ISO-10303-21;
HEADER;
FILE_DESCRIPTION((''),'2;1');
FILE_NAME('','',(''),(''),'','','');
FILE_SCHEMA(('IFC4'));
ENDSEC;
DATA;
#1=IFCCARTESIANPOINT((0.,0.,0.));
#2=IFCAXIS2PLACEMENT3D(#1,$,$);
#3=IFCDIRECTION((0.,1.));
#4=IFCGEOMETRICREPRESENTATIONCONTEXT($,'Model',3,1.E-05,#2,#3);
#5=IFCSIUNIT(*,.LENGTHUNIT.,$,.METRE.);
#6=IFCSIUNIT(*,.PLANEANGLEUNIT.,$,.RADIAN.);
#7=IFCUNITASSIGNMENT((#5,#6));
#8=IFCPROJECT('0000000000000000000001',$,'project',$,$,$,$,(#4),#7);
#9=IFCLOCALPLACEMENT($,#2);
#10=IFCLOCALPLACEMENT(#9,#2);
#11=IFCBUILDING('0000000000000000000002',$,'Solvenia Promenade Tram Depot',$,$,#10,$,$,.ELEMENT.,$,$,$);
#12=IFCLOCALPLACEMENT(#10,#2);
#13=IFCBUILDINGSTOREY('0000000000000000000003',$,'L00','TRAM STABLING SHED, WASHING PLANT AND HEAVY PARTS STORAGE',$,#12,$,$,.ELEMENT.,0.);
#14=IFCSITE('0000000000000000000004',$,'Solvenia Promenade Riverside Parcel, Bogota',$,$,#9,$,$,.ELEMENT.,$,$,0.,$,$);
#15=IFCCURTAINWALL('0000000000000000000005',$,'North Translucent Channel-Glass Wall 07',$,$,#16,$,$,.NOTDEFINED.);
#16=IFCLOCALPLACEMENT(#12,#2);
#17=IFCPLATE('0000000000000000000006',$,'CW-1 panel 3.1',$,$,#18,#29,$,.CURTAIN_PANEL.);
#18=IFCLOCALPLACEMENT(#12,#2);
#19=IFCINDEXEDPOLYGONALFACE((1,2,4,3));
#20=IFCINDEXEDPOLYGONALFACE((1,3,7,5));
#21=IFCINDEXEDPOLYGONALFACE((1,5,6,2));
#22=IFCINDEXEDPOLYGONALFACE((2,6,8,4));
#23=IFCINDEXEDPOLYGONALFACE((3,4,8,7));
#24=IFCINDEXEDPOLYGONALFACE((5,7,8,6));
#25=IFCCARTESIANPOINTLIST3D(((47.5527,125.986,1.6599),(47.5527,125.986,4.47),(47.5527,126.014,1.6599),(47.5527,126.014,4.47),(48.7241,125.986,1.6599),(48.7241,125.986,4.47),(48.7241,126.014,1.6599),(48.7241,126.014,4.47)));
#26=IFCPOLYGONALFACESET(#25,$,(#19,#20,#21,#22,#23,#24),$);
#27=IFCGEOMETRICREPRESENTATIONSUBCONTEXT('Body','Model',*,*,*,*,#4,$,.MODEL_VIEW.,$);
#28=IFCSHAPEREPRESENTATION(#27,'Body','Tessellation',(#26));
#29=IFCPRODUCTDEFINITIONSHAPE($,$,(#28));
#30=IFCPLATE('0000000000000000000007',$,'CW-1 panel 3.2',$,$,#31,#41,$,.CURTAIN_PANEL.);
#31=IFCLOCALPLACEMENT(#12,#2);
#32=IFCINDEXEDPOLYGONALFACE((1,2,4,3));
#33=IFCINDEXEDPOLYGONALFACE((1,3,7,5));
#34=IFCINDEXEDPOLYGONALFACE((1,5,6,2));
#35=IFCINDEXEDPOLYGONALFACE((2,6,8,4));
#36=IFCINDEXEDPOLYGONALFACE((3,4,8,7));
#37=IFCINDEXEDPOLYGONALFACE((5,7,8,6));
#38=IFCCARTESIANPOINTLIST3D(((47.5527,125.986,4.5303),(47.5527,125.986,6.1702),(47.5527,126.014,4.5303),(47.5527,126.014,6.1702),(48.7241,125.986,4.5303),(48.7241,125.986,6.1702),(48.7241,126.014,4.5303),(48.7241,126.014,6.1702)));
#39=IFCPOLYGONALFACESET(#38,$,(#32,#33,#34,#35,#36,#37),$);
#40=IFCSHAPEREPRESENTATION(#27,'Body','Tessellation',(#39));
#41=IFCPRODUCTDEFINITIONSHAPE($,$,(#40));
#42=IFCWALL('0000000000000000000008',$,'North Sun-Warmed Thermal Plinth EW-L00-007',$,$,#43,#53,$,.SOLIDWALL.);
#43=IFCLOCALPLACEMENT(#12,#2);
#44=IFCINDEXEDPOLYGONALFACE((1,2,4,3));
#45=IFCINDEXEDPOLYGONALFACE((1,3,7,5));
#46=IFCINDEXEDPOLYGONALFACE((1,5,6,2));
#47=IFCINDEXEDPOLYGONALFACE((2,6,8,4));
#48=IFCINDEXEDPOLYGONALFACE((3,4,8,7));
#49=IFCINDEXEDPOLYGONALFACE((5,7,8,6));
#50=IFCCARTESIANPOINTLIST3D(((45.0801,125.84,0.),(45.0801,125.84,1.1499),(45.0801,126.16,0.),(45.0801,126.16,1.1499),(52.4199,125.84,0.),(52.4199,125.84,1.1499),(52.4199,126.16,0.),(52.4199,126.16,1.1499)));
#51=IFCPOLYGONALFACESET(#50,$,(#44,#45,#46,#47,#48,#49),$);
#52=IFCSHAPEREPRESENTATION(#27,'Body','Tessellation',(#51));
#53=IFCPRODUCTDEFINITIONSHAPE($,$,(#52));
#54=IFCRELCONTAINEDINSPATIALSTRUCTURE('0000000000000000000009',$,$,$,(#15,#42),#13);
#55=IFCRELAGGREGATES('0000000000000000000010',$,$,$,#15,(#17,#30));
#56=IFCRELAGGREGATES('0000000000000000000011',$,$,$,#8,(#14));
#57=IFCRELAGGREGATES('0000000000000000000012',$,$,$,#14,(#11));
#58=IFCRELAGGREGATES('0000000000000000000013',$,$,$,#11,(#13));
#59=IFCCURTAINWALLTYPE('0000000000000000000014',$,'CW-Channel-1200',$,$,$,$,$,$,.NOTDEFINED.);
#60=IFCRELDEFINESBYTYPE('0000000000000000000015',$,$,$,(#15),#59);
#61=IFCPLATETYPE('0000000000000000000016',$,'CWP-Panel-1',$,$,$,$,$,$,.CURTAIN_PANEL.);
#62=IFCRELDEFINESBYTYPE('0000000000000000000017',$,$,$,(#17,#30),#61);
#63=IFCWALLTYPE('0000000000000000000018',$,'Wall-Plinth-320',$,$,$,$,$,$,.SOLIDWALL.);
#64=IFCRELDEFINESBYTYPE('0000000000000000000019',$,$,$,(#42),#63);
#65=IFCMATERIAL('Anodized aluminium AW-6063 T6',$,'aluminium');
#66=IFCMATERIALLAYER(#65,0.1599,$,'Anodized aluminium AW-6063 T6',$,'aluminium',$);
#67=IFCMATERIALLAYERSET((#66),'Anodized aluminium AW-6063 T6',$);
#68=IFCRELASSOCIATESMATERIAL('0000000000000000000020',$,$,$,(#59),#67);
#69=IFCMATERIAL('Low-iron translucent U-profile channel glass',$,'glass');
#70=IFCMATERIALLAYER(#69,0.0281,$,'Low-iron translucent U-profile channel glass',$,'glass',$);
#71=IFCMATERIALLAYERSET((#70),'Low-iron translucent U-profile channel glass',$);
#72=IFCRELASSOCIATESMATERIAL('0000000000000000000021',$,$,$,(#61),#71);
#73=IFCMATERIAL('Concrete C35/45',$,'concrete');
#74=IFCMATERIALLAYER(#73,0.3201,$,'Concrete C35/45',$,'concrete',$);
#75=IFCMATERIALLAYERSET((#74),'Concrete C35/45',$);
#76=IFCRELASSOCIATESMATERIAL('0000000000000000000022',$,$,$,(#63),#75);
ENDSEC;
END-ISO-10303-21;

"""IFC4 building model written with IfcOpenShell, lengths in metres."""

from ifc_helpers import new_model, si_unit, direction, frame, frame_2d, origin, origin_2d, place, context, subcontext, project, spatial, rectangle, extrude, material, layer, layer_set, type_object, element, aggregate, save


model = new_model("IFC4")

# Units and contexts
model_context = context("Model", 3, precision=1e-05, world=origin(), true_north=direction((0.0, 1.0)))
body_context = subcontext(model_context, "Body", "Model", "MODEL_VIEW")
ifc_project = project(units=[si_unit("LENGTHUNIT", "METRE"), si_unit("PLANEANGLEUNIT", "RADIAN")], contexts=[model_context])

# Site, building, storey
site_placement = place(None, origin())
site = spatial("IfcSite", under=ifc_project, at=site_placement, Name="Solvenia Promenade Riverside Parcel, Bogota", CompositionType="ELEMENT", RefElevation=0.0)
building_placement = place(site_placement, origin())
building = spatial("IfcBuilding", under=site, at=building_placement, Name="Solvenia Promenade Tram Depot", CompositionType="ELEMENT")
storey_placement = place(building_placement, origin())
storey = spatial("IfcBuildingStorey", under=building, at=storey_placement, Name="L00", Description="TRAM STABLING SHED, WASHING PLANT AND HEAVY PARTS STORAGE", CompositionType="ELEMENT", Elevation=0.0)

# Shared definitions
ifc_material_1 = material(Name="Anodized aluminium AW-6063 T6", Category="aluminium")
ifc_layer_1 = layer(ifc_material_1, 0.1599, Name="Anodized aluminium AW-6063 T6", Category="aluminium")
ifc_layer_set_1 = layer_set([ifc_layer_1], Name="Anodized aluminium AW-6063 T6")
curtain_wall_type = type_object("IfcCurtainWallType", Name="CW-Channel-1200", PredefinedType="NOTDEFINED", material=ifc_layer_set_1)

# Curtain wall
curtain_wall_1_placement = place(storey_placement, origin())
curtain_wall_1 = element("IfcCurtainWall", 1, at=curtain_wall_1_placement, inside=storey, type_object=curtain_wall_type, Name="North Translucent Channel-Glass Wall 07", PredefinedType="NOTDEFINED")

# Plates
ifc_material_2 = material(Name="Low-iron translucent U-profile channel glass", Category="glass")
ifc_layer_2 = layer(ifc_material_2, 0.0281, Name="Low-iron translucent U-profile channel glass", Category="glass")
ifc_layer_set_2 = layer_set([ifc_layer_2], Name="Low-iron translucent U-profile channel glass")
plate_type = type_object("IfcPlateType", Name="CWP-Panel-1", PredefinedType="CURTAIN_PANEL", material=ifc_layer_set_2)
plate_1_placement = place(storey_placement, frame((48.1384, 126.0, 1.6599), z_axis=(0.0, 0.0, 1.0), x_axis=(1.0, 0.0, 0.0)))
plate_1 = element("IfcPlate", 2, at=plate_1_placement, type_object=plate_type, Name="CW-1 panel 3.1", PredefinedType="CURTAIN_PANEL", context=body_context, shape_type="SweptSolid", body=[
    extrude(rectangle(XDim=1.1714, YDim=0.0281, at=origin_2d()), origin(), (0.0, 0.0, 1.0), 2.8101),
])
plate_2_placement = place(storey_placement, frame((48.1384, 126.0, 4.5303), z_axis=(0.0, 0.0, 1.0), x_axis=(1.0, 0.0, 0.0)))
plate_2 = element("IfcPlate", 3, at=plate_2_placement, type_object=plate_type, Name="CW-1 panel 3.2", PredefinedType="CURTAIN_PANEL", context=body_context, shape_type="SweptSolid", body=[
    extrude(rectangle(XDim=1.1714, YDim=0.0281, at=origin_2d()), origin(), (0.0, 0.0, 1.0), 1.6399),
])
aggregate(curtain_wall_1, [plate_1, plate_2])

# Wall
ifc_material_3 = material(Name="Concrete C35/45", Category="concrete")
ifc_layer_3 = layer(ifc_material_3, 0.3201, Name="Concrete C35/45", Category="concrete")
ifc_layer_set_3 = layer_set([ifc_layer_3], Name="Concrete C35/45")
wall_type = type_object("IfcWallType", Name="Wall-Plinth-320", PredefinedType="SOLIDWALL", material=ifc_layer_set_3)
wall_placement = place(storey_placement, frame((45.0801, 126.0, 0.0), z_axis=(0.0, 0.0, 1.0), x_axis=(1.0, 0.0, 0.0)))
element("IfcWall", 4, at=wall_placement, inside=storey, type_object=wall_type, Name="North Sun-Warmed Thermal Plinth EW-L00-007", PredefinedType="SOLIDWALL", context=body_context, shape_type="SweptSolid", body=[
    extrude(rectangle(XDim=7.3398, YDim=0.3201, at=frame_2d((3.6699, 0.0))), origin(), (0.0, 0.0, 1.0), 1.1499),
])

save(model, "model.ifc")
